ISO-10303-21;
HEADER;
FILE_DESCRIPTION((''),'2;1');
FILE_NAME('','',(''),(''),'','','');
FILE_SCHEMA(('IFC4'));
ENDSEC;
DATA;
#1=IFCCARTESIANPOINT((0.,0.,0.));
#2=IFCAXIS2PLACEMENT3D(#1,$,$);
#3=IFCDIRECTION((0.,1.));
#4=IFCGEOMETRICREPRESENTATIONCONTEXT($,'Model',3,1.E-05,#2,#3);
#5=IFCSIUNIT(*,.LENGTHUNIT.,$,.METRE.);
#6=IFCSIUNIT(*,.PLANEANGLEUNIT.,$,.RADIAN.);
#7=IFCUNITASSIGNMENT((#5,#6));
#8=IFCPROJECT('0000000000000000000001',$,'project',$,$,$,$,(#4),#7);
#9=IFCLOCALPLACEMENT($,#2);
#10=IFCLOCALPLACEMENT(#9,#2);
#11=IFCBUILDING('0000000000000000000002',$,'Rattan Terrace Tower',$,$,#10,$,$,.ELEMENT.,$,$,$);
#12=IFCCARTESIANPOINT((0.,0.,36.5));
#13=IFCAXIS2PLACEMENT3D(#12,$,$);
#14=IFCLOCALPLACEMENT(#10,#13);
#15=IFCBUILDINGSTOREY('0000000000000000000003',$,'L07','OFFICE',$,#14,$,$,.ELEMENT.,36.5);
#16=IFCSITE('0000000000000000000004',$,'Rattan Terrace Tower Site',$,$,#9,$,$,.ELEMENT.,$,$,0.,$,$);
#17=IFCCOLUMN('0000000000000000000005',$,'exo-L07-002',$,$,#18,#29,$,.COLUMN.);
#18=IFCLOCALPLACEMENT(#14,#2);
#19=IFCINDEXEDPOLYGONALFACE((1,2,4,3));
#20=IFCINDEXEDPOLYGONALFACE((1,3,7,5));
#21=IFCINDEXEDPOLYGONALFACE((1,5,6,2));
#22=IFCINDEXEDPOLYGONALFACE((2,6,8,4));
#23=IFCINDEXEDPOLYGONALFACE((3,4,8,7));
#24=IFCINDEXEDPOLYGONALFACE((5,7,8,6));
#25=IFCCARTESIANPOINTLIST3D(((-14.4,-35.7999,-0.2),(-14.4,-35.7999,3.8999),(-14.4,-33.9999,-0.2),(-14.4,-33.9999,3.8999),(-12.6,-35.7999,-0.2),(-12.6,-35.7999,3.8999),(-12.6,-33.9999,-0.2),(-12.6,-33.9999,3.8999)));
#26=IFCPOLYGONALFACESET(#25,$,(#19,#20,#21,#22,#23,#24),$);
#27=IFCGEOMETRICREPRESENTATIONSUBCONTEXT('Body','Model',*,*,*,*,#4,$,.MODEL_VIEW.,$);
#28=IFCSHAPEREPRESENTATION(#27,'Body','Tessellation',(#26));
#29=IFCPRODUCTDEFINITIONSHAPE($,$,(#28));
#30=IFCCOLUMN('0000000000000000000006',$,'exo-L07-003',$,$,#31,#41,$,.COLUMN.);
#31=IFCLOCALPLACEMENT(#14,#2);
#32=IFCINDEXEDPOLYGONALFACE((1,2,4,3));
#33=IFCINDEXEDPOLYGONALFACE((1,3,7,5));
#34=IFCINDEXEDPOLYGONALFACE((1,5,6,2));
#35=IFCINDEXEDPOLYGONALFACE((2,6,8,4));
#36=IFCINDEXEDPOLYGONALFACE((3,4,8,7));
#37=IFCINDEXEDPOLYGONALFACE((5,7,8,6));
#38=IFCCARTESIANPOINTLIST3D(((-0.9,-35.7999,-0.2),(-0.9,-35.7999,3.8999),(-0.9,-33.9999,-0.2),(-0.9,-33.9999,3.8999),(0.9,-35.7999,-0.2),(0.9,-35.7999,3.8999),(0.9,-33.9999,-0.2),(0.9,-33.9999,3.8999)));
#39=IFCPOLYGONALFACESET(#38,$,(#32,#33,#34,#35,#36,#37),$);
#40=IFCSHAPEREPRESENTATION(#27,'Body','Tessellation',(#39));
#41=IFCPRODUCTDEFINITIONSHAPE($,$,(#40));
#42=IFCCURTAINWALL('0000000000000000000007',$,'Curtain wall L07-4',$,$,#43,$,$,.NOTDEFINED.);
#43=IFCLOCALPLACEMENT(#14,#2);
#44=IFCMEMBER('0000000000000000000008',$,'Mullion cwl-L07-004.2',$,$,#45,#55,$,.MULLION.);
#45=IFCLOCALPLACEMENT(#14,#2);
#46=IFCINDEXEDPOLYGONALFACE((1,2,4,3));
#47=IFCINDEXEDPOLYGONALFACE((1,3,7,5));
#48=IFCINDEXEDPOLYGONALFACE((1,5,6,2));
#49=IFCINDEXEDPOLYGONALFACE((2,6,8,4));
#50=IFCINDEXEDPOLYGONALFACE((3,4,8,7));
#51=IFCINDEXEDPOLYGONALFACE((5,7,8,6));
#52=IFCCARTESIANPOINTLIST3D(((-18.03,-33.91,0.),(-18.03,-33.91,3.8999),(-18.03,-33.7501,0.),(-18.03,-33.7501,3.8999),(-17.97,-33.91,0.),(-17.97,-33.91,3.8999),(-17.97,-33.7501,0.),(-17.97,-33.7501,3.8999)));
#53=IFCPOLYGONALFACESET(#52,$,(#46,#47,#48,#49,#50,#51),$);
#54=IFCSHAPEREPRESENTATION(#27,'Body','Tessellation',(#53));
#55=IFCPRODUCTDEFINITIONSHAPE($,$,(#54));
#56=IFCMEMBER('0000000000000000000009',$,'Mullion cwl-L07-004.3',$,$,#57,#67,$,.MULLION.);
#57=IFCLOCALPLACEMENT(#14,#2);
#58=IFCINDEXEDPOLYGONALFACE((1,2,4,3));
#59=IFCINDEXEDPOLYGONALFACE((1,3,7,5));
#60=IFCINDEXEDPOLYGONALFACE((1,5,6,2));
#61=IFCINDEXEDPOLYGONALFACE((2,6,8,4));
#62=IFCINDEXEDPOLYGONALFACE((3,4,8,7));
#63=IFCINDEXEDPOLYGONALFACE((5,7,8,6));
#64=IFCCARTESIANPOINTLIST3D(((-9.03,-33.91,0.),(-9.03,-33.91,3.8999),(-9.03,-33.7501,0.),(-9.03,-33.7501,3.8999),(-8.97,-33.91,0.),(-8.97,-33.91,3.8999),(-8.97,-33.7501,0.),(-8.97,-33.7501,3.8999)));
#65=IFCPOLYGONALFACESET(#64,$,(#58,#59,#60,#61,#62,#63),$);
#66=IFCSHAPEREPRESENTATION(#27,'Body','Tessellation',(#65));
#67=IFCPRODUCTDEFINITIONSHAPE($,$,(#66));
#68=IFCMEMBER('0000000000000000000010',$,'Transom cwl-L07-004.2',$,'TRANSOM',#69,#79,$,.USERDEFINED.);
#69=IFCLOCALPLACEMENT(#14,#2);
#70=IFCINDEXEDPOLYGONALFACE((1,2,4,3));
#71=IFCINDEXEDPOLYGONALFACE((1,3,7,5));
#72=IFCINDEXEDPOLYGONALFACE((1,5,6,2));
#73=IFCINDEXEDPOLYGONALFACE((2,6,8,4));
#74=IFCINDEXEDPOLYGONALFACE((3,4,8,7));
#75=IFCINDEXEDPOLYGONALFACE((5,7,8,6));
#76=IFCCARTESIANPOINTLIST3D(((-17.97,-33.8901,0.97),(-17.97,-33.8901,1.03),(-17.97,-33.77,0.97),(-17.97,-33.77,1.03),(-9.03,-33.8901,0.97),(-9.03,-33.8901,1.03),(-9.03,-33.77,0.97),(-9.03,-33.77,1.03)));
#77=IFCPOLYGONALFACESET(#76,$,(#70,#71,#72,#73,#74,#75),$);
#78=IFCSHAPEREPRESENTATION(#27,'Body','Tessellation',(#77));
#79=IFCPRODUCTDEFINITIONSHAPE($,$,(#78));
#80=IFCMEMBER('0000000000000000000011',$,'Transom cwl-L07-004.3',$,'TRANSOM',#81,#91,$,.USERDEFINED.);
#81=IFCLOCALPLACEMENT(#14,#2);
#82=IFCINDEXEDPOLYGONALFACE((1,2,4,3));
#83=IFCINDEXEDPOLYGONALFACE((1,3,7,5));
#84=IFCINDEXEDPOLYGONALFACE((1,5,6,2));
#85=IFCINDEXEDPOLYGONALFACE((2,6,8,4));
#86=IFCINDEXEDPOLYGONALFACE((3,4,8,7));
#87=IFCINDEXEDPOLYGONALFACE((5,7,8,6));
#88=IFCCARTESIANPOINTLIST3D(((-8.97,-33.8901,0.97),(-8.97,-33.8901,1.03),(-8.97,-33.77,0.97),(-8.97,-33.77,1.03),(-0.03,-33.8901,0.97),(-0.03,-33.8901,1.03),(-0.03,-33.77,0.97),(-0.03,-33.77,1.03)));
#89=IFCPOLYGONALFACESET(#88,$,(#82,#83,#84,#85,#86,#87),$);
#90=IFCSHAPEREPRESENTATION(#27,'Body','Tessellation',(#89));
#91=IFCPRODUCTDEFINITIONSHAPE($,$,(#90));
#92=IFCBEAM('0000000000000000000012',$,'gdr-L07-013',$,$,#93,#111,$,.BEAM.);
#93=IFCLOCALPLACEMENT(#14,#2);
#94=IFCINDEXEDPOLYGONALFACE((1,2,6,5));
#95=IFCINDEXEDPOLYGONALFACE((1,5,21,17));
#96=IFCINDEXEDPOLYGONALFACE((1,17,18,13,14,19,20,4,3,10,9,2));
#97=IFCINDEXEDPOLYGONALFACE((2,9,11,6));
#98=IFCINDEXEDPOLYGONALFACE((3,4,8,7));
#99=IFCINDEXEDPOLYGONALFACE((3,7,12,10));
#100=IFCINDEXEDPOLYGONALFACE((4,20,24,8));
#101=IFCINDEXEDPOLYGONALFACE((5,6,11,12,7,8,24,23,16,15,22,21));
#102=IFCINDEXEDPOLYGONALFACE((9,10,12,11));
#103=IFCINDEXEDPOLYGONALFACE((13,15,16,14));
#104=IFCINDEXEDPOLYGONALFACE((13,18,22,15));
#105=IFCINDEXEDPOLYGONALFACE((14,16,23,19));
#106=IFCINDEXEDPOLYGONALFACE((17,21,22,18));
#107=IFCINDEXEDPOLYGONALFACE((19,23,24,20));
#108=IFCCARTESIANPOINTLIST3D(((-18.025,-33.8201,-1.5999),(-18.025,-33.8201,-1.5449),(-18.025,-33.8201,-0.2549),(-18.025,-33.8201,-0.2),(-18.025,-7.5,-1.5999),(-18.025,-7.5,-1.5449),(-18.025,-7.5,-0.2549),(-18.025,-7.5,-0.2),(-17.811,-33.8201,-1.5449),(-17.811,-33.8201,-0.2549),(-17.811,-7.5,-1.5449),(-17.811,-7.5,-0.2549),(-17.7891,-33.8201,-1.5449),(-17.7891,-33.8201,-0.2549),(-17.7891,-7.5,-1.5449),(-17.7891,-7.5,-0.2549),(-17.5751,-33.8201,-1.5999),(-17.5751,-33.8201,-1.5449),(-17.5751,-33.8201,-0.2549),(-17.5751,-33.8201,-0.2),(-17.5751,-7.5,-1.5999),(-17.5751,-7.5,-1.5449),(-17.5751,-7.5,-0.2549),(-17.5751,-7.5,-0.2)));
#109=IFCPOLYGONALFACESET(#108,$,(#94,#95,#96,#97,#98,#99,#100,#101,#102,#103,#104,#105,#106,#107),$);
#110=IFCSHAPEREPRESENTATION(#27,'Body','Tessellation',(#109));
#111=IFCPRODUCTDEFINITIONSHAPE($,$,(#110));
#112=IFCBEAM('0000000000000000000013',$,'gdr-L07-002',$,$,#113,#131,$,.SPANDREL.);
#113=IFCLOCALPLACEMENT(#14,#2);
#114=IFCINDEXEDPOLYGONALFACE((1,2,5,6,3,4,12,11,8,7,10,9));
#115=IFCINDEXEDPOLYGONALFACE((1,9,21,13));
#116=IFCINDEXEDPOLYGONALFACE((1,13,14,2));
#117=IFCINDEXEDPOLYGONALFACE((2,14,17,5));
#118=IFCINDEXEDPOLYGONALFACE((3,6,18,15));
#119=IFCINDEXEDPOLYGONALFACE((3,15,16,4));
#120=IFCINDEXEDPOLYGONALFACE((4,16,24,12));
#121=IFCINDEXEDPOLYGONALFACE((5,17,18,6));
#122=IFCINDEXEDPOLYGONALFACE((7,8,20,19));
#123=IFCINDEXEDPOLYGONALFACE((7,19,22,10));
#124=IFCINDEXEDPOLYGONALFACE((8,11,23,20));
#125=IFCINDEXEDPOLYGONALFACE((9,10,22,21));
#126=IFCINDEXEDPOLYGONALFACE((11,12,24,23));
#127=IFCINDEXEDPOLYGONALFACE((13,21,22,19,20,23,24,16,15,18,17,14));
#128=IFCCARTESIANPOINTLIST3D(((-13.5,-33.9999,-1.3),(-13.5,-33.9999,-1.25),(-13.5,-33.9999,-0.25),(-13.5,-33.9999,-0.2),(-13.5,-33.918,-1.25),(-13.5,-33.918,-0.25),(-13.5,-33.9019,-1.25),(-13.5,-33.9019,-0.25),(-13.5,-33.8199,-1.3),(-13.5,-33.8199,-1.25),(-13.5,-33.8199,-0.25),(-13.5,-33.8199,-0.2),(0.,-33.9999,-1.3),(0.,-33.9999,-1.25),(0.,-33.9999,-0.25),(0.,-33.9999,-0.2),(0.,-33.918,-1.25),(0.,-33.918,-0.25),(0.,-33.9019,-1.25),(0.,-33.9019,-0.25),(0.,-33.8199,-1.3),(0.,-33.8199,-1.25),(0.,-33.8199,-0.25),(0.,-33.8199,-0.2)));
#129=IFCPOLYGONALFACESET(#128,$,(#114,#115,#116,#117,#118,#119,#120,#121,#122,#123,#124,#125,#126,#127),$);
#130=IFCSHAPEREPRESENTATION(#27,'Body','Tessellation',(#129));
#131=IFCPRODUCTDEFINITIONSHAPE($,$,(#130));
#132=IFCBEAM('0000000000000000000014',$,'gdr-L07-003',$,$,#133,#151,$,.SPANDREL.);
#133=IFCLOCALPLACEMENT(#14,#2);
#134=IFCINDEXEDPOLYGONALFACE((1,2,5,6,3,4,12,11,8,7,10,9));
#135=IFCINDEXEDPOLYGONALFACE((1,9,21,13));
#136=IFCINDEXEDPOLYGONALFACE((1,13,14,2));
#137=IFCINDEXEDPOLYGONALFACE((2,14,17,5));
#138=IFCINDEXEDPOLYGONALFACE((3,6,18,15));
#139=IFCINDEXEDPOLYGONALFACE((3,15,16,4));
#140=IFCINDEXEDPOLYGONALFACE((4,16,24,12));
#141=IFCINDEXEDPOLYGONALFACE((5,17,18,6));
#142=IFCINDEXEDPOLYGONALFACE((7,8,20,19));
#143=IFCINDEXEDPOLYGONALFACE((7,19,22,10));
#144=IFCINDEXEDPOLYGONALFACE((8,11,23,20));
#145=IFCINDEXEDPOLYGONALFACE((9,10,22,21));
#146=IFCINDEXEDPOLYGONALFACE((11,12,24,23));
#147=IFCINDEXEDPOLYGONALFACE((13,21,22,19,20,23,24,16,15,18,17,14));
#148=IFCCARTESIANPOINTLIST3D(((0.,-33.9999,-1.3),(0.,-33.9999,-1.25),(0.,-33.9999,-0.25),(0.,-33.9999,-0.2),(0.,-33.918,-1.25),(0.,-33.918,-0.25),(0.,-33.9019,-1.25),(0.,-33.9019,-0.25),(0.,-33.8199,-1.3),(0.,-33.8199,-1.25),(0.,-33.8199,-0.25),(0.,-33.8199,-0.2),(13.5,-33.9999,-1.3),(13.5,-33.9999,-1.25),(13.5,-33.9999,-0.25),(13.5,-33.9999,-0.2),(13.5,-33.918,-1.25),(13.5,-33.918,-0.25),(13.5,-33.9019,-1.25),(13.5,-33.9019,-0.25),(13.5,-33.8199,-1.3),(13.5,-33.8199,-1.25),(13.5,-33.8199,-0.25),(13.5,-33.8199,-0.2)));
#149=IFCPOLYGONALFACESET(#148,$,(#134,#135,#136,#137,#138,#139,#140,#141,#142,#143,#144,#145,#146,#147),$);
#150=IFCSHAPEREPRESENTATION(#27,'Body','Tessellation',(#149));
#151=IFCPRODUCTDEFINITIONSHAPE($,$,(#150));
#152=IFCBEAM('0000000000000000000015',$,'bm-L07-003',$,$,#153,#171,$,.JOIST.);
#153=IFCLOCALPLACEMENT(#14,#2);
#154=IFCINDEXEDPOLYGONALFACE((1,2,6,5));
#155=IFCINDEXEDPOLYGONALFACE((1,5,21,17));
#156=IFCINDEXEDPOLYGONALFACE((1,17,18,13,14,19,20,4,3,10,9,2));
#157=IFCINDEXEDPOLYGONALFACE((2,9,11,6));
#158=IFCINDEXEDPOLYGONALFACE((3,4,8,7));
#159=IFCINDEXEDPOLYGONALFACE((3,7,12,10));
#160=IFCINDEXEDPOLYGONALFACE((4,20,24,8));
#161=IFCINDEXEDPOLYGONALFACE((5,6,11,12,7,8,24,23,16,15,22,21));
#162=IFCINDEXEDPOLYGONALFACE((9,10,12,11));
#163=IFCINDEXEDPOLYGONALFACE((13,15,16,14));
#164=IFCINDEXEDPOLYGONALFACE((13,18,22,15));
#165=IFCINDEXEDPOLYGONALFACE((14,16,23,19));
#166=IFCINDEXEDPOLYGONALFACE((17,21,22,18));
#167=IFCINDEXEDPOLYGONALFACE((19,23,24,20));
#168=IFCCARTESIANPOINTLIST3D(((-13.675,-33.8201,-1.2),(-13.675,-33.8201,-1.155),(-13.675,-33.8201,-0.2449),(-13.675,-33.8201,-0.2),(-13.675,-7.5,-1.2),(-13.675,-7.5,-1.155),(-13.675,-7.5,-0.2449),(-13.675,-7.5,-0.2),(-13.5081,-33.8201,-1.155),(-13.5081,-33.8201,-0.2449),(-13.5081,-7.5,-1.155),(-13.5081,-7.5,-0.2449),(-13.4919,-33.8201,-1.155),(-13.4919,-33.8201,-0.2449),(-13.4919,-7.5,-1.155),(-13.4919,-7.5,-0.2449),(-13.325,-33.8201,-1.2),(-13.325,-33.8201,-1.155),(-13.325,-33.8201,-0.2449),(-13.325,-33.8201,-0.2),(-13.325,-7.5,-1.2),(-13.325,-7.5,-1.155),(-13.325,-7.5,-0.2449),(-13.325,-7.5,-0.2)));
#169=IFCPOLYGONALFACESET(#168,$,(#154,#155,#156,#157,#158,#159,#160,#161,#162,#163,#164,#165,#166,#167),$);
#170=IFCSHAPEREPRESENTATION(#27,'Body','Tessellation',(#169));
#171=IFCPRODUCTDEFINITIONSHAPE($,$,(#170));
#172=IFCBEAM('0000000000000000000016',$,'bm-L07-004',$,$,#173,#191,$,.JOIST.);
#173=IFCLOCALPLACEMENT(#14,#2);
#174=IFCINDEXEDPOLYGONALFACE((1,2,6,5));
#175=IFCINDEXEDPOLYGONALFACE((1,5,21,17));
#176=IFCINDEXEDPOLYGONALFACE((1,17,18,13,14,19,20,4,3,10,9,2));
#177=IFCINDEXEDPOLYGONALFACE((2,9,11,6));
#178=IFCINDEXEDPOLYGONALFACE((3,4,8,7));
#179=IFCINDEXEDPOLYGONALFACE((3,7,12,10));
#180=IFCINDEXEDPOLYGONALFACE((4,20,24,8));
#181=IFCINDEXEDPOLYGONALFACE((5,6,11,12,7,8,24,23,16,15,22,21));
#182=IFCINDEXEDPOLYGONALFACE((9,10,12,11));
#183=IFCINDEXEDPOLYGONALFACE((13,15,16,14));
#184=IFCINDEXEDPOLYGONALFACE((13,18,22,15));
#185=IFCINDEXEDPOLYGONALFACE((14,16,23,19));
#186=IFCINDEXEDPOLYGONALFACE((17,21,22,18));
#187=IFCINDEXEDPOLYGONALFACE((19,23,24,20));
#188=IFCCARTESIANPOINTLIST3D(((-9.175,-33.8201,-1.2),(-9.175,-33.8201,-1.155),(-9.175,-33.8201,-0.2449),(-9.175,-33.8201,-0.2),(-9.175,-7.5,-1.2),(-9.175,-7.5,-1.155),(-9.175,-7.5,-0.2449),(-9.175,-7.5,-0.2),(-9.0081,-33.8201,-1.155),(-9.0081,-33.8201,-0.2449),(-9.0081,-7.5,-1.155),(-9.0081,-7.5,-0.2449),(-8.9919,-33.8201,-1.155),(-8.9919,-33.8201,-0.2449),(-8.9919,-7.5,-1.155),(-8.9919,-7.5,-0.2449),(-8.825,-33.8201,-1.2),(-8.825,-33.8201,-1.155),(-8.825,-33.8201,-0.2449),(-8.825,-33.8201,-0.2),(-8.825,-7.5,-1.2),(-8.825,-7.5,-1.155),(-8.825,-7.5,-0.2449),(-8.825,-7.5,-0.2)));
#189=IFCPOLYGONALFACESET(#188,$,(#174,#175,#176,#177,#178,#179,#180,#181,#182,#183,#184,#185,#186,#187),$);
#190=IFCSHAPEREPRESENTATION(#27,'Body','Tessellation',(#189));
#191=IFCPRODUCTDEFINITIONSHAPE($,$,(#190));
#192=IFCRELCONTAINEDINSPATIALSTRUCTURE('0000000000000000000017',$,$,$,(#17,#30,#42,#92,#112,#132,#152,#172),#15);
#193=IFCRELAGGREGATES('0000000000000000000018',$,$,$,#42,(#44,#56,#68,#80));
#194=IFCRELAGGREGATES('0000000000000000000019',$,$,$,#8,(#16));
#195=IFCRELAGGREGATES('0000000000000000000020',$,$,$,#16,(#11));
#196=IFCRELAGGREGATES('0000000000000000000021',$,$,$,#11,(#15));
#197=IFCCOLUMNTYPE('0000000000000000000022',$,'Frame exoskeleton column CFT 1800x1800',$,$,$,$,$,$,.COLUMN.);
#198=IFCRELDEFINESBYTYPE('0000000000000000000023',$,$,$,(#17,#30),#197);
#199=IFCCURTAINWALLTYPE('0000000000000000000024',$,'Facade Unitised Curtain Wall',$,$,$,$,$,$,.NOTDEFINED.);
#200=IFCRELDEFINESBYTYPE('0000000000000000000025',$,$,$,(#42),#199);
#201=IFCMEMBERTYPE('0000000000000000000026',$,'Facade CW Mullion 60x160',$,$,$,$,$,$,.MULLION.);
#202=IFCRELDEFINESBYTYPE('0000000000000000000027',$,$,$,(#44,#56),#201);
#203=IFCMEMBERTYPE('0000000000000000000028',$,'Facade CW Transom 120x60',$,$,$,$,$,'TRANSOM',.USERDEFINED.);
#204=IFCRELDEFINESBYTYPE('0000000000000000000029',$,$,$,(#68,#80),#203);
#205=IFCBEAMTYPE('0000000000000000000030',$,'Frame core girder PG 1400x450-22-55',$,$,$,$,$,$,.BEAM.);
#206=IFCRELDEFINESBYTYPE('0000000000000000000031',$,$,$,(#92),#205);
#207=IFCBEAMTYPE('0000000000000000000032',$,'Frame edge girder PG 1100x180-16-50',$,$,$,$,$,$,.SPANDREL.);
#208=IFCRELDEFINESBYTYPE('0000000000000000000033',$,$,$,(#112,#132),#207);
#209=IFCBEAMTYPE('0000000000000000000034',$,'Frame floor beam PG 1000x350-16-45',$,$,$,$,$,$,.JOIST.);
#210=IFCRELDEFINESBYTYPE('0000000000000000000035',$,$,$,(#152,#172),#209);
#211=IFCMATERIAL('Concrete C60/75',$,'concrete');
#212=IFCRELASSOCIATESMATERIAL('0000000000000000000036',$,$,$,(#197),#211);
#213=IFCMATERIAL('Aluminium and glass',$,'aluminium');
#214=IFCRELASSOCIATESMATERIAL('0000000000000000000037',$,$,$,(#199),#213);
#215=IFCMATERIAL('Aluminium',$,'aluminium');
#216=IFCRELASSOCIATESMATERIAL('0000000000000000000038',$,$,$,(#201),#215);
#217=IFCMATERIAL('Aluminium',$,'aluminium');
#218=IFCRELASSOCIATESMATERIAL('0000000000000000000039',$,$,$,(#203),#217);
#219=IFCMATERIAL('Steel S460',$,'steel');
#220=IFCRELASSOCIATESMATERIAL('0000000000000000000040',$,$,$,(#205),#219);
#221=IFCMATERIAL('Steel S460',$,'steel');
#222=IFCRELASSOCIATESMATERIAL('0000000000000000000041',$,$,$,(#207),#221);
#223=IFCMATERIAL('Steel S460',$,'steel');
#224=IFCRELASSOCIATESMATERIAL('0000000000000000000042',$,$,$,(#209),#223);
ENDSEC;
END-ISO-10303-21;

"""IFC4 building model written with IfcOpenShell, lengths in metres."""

from ifc_helpers import new_model, si_unit, direction, frame, origin, origin_2d, place, context, subcontext, project, spatial, rectangle, i_section, extrude, material, material_profile, profile_set, type_object, element, aggregate, save


model = new_model("IFC4")

# Units and contexts
model_context = context("Model", 3, precision=1e-05, world=origin(), true_north=direction((0.0, 1.0)))
body_context = subcontext(model_context, "Body", "Model", "MODEL_VIEW")
ifc_project = project(units=[si_unit("LENGTHUNIT", "METRE"), si_unit("PLANEANGLEUNIT", "RADIAN")], contexts=[model_context])

# Site, building, storey
site_placement = place(None, origin())
site = spatial("IfcSite", under=ifc_project, at=site_placement, Name="Rattan Terrace Tower Site", CompositionType="ELEMENT", RefElevation=0.0)
building_placement = place(site_placement, origin())
building = spatial("IfcBuilding", under=site, at=building_placement, Name="Rattan Terrace Tower", CompositionType="ELEMENT")
storey_placement = place(building_placement, frame((0.0, 0.0, 36.5)))
storey = spatial("IfcBuildingStorey", under=building, at=storey_placement, Name="L07", Description="OFFICE", CompositionType="ELEMENT", Elevation=36.5)

# Columns
ifc_material_1 = material(Name="Concrete C60/75", Category="concrete")
ifc_material_profile_1 = material_profile(ifc_material_1, rectangle(XDim=1.8, YDim=1.8, at=origin_2d()), Name="CFT 1800x1800")
ifc_profile_set_1 = profile_set([ifc_material_profile_1], Name="Concrete C60/75")
column_type = type_object("IfcColumnType", Name="Frame exoskeleton column CFT 1800x1800", PredefinedType="COLUMN", material=ifc_profile_set_1)
for number, where, z_axis, x_axis, name in (
    (1, (-13.5, -34.8999, -0.2), (0.0, 0.0, 1.0), (1.0, 0.0, 0.0), "exo-L07-002"),
    (2, (0.0, -34.8999, -0.2), (0.0, 0.0, 1.0), (1.0, 0.0, 0.0), "exo-L07-003"),
):
    element("IfcColumn", number, at=place(storey_placement, frame(where, z_axis=z_axis, x_axis=x_axis)), inside=storey, type_object=column_type, Name=name, PredefinedType="COLUMN", context=body_context, shape_type="SweptSolid", body=[
        extrude(rectangle(XDim=1.8, YDim=1.8, at=origin_2d()), origin(), (0.0, 0.0, 1.0), 4.0999),
    ])

# Curtain wall, members
ifc_material_2 = material(Name="Aluminium and glass", Category="aluminium")
curtain_wall_type = type_object("IfcCurtainWallType", Name="Facade Unitised Curtain Wall", PredefinedType="NOTDEFINED", material=ifc_material_2)
curtain_wall_placement = place(storey_placement, origin())
curtain_wall = element("IfcCurtainWall", 3, at=curtain_wall_placement, inside=storey, type_object=curtain_wall_type, Name="Curtain wall L07-4", PredefinedType="NOTDEFINED")
ifc_material_3 = material(Name="Aluminium", Category="aluminium")
ifc_material_profile_2 = material_profile(ifc_material_3, rectangle(XDim=0.0601, YDim=0.1599, at=origin_2d()), Name="Aluminium 60x160")
ifc_profile_set_2 = profile_set([ifc_material_profile_2], Name="Aluminium")
member_type_1 = type_object("IfcMemberType", Name="Facade CW Mullion 60x160", PredefinedType="MULLION", material=ifc_profile_set_2)
member_1_placement = place(storey_placement, frame((-18.0, -33.8301, 0.0), z_axis=(0.0, 0.0, 1.0), x_axis=(1.0, 0.0, 0.0)))
member_1 = element("IfcMember", 4, at=member_1_placement, type_object=member_type_1, Name="Mullion cwl-L07-004.2", PredefinedType="MULLION", context=body_context, shape_type="SweptSolid", body=[
    extrude(rectangle(XDim=0.0601, YDim=0.1599, at=origin_2d()), origin(), (0.0, 0.0, 1.0), 3.8999),
])
member_2_placement = place(storey_placement, frame((-9.0, -33.8301, 0.0), z_axis=(0.0, 0.0, 1.0), x_axis=(1.0, 0.0, 0.0)))
member_2 = element("IfcMember", 5, at=member_2_placement, type_object=member_type_1, Name="Mullion cwl-L07-004.3", PredefinedType="MULLION", context=body_context, shape_type="SweptSolid", body=[
    extrude(rectangle(XDim=0.0601, YDim=0.1599, at=origin_2d()), origin(), (0.0, 0.0, 1.0), 3.8999),
])
ifc_material_4 = material(Name="Aluminium", Category="aluminium")
ifc_material_profile_3 = material_profile(ifc_material_4, rectangle(XDim=0.1201, YDim=0.0601, at=origin_2d()), Name="Aluminium 120x60")
ifc_profile_set_3 = profile_set([ifc_material_profile_3], Name="Aluminium")
member_type_2 = type_object("IfcMemberType", Name="Facade CW Transom 120x60", ElementType="TRANSOM", PredefinedType="USERDEFINED", material=ifc_profile_set_3)
member_3_placement = place(storey_placement, frame((-17.97, -33.8301, 1.0), z_axis=(1.0, 0.0, 0.0), x_axis=(0.0, 1.0, 0.0)))
member_3 = element("IfcMember", 6, at=member_3_placement, type_object=member_type_2, Name="Transom cwl-L07-004.2", ObjectType="TRANSOM", PredefinedType="USERDEFINED", context=body_context, shape_type="SweptSolid", body=[
    extrude(rectangle(XDim=0.1201, YDim=0.0601, at=origin_2d()), origin(), (0.0, 0.0, 1.0), 8.9399),
])
member_4_placement = place(storey_placement, frame((-8.97, -33.8301, 1.0), z_axis=(1.0, 0.0, 0.0), x_axis=(0.0, 1.0, 0.0)))
member_4 = element("IfcMember", 7, at=member_4_placement, type_object=member_type_2, Name="Transom cwl-L07-004.3", ObjectType="TRANSOM", PredefinedType="USERDEFINED", context=body_context, shape_type="SweptSolid", body=[
    extrude(rectangle(XDim=0.1201, YDim=0.0601, at=origin_2d()), origin(), (0.0, 0.0, 1.0), 8.9399),
])

# Beams
ifc_material_5 = material(Name="Steel S460", Category="steel")
ifc_material_profile_4 = material_profile(ifc_material_5, i_section(OverallWidth=0.45, OverallDepth=1.3999, WebThickness=0.022, FlangeThickness=0.0549, at=origin_2d()), Name="PG 1400x450-22-55")
ifc_profile_set_4 = profile_set([ifc_material_profile_4], Name="Steel S460")
beam_type_1 = type_object("IfcBeamType", Name="Frame core girder PG 1400x450-22-55", PredefinedType="BEAM", material=ifc_profile_set_4)
beam_placement = place(storey_placement, frame((-17.8, -33.8201, -0.8999), z_axis=(0.0, 1.0, 0.0), x_axis=(-1.0, 0.0, 0.0)))
element("IfcBeam", 8, at=beam_placement, inside=storey, type_object=beam_type_1, Name="gdr-L07-013", PredefinedType="BEAM", context=body_context, shape_type="SweptSolid", body=[
    extrude(i_section(OverallWidth=0.45, OverallDepth=1.3999, WebThickness=0.022, FlangeThickness=0.0549, at=origin_2d()), origin(), (0.0, 0.0, 1.0), 26.3201),
])
ifc_material_6 = material(Name="Steel S460", Category="steel")
ifc_material_profile_5 = material_profile(ifc_material_6, i_section(OverallWidth=0.1799, OverallDepth=1.1001, WebThickness=0.0161, FlangeThickness=0.05, at=origin_2d()), Name="PG 1100x180-16-50")
ifc_profile_set_5 = profile_set([ifc_material_profile_5], Name="Steel S460")
beam_type_2 = type_object("IfcBeamType", Name="Frame edge girder PG 1100x180-16-50", PredefinedType="SPANDREL", material=ifc_profile_set_5)
for number, where, z_axis, x_axis, name in (
    (9, (-13.5, -33.9099, -0.75), (1.0, 0.0, 0.0), (0.0, 1.0, 0.0), "gdr-L07-002"),
    (10, (0.0, -33.9099, -0.75), (1.0, 0.0, 0.0), (0.0, 1.0, 0.0), "gdr-L07-003"),
):
    element("IfcBeam", number, at=place(storey_placement, frame(where, z_axis=z_axis, x_axis=x_axis)), inside=storey, type_object=beam_type_2, Name=name, PredefinedType="SPANDREL", context=body_context, shape_type="SweptSolid", body=[
        extrude(i_section(OverallWidth=0.1799, OverallDepth=1.1001, WebThickness=0.0161, FlangeThickness=0.05, at=origin_2d()), origin(), (0.0, 0.0, 1.0), 13.5),
    ])
ifc_material_7 = material(Name="Steel S460", Category="steel")
ifc_material_profile_6 = material_profile(ifc_material_7, i_section(OverallWidth=0.3501, OverallDepth=1.0, WebThickness=0.0161, FlangeThickness=0.0449, at=origin_2d()), Name="PG 1000x350-16-45")
ifc_profile_set_6 = profile_set([ifc_material_profile_6], Name="Steel S460")
beam_type_3 = type_object("IfcBeamType", Name="Frame floor beam PG 1000x350-16-45", PredefinedType="JOIST", material=ifc_profile_set_6)
for number, where, z_axis, x_axis, name in (
    (11, (-13.5, -33.8201, -0.7), (0.0, 1.0, 0.0), (-1.0, 0.0, 0.0), "bm-L07-003"),
    (12, (-9.0, -33.8201, -0.7), (0.0, 1.0, 0.0), (-1.0, 0.0, 0.0), "bm-L07-004"),
):
    element("IfcBeam", number, at=place(storey_placement, frame(where, z_axis=z_axis, x_axis=x_axis)), inside=storey, type_object=beam_type_3, Name=name, PredefinedType="JOIST", context=body_context, shape_type="SweptSolid", body=[
        extrude(i_section(OverallWidth=0.3501, OverallDepth=1.0, WebThickness=0.0161, FlangeThickness=0.0449, at=origin_2d()), origin(), (0.0, 0.0, 1.0), 26.3201),
    ])

aggregate(curtain_wall, [member_1, member_2, member_3, member_4])

save(model, "model.ifc")
